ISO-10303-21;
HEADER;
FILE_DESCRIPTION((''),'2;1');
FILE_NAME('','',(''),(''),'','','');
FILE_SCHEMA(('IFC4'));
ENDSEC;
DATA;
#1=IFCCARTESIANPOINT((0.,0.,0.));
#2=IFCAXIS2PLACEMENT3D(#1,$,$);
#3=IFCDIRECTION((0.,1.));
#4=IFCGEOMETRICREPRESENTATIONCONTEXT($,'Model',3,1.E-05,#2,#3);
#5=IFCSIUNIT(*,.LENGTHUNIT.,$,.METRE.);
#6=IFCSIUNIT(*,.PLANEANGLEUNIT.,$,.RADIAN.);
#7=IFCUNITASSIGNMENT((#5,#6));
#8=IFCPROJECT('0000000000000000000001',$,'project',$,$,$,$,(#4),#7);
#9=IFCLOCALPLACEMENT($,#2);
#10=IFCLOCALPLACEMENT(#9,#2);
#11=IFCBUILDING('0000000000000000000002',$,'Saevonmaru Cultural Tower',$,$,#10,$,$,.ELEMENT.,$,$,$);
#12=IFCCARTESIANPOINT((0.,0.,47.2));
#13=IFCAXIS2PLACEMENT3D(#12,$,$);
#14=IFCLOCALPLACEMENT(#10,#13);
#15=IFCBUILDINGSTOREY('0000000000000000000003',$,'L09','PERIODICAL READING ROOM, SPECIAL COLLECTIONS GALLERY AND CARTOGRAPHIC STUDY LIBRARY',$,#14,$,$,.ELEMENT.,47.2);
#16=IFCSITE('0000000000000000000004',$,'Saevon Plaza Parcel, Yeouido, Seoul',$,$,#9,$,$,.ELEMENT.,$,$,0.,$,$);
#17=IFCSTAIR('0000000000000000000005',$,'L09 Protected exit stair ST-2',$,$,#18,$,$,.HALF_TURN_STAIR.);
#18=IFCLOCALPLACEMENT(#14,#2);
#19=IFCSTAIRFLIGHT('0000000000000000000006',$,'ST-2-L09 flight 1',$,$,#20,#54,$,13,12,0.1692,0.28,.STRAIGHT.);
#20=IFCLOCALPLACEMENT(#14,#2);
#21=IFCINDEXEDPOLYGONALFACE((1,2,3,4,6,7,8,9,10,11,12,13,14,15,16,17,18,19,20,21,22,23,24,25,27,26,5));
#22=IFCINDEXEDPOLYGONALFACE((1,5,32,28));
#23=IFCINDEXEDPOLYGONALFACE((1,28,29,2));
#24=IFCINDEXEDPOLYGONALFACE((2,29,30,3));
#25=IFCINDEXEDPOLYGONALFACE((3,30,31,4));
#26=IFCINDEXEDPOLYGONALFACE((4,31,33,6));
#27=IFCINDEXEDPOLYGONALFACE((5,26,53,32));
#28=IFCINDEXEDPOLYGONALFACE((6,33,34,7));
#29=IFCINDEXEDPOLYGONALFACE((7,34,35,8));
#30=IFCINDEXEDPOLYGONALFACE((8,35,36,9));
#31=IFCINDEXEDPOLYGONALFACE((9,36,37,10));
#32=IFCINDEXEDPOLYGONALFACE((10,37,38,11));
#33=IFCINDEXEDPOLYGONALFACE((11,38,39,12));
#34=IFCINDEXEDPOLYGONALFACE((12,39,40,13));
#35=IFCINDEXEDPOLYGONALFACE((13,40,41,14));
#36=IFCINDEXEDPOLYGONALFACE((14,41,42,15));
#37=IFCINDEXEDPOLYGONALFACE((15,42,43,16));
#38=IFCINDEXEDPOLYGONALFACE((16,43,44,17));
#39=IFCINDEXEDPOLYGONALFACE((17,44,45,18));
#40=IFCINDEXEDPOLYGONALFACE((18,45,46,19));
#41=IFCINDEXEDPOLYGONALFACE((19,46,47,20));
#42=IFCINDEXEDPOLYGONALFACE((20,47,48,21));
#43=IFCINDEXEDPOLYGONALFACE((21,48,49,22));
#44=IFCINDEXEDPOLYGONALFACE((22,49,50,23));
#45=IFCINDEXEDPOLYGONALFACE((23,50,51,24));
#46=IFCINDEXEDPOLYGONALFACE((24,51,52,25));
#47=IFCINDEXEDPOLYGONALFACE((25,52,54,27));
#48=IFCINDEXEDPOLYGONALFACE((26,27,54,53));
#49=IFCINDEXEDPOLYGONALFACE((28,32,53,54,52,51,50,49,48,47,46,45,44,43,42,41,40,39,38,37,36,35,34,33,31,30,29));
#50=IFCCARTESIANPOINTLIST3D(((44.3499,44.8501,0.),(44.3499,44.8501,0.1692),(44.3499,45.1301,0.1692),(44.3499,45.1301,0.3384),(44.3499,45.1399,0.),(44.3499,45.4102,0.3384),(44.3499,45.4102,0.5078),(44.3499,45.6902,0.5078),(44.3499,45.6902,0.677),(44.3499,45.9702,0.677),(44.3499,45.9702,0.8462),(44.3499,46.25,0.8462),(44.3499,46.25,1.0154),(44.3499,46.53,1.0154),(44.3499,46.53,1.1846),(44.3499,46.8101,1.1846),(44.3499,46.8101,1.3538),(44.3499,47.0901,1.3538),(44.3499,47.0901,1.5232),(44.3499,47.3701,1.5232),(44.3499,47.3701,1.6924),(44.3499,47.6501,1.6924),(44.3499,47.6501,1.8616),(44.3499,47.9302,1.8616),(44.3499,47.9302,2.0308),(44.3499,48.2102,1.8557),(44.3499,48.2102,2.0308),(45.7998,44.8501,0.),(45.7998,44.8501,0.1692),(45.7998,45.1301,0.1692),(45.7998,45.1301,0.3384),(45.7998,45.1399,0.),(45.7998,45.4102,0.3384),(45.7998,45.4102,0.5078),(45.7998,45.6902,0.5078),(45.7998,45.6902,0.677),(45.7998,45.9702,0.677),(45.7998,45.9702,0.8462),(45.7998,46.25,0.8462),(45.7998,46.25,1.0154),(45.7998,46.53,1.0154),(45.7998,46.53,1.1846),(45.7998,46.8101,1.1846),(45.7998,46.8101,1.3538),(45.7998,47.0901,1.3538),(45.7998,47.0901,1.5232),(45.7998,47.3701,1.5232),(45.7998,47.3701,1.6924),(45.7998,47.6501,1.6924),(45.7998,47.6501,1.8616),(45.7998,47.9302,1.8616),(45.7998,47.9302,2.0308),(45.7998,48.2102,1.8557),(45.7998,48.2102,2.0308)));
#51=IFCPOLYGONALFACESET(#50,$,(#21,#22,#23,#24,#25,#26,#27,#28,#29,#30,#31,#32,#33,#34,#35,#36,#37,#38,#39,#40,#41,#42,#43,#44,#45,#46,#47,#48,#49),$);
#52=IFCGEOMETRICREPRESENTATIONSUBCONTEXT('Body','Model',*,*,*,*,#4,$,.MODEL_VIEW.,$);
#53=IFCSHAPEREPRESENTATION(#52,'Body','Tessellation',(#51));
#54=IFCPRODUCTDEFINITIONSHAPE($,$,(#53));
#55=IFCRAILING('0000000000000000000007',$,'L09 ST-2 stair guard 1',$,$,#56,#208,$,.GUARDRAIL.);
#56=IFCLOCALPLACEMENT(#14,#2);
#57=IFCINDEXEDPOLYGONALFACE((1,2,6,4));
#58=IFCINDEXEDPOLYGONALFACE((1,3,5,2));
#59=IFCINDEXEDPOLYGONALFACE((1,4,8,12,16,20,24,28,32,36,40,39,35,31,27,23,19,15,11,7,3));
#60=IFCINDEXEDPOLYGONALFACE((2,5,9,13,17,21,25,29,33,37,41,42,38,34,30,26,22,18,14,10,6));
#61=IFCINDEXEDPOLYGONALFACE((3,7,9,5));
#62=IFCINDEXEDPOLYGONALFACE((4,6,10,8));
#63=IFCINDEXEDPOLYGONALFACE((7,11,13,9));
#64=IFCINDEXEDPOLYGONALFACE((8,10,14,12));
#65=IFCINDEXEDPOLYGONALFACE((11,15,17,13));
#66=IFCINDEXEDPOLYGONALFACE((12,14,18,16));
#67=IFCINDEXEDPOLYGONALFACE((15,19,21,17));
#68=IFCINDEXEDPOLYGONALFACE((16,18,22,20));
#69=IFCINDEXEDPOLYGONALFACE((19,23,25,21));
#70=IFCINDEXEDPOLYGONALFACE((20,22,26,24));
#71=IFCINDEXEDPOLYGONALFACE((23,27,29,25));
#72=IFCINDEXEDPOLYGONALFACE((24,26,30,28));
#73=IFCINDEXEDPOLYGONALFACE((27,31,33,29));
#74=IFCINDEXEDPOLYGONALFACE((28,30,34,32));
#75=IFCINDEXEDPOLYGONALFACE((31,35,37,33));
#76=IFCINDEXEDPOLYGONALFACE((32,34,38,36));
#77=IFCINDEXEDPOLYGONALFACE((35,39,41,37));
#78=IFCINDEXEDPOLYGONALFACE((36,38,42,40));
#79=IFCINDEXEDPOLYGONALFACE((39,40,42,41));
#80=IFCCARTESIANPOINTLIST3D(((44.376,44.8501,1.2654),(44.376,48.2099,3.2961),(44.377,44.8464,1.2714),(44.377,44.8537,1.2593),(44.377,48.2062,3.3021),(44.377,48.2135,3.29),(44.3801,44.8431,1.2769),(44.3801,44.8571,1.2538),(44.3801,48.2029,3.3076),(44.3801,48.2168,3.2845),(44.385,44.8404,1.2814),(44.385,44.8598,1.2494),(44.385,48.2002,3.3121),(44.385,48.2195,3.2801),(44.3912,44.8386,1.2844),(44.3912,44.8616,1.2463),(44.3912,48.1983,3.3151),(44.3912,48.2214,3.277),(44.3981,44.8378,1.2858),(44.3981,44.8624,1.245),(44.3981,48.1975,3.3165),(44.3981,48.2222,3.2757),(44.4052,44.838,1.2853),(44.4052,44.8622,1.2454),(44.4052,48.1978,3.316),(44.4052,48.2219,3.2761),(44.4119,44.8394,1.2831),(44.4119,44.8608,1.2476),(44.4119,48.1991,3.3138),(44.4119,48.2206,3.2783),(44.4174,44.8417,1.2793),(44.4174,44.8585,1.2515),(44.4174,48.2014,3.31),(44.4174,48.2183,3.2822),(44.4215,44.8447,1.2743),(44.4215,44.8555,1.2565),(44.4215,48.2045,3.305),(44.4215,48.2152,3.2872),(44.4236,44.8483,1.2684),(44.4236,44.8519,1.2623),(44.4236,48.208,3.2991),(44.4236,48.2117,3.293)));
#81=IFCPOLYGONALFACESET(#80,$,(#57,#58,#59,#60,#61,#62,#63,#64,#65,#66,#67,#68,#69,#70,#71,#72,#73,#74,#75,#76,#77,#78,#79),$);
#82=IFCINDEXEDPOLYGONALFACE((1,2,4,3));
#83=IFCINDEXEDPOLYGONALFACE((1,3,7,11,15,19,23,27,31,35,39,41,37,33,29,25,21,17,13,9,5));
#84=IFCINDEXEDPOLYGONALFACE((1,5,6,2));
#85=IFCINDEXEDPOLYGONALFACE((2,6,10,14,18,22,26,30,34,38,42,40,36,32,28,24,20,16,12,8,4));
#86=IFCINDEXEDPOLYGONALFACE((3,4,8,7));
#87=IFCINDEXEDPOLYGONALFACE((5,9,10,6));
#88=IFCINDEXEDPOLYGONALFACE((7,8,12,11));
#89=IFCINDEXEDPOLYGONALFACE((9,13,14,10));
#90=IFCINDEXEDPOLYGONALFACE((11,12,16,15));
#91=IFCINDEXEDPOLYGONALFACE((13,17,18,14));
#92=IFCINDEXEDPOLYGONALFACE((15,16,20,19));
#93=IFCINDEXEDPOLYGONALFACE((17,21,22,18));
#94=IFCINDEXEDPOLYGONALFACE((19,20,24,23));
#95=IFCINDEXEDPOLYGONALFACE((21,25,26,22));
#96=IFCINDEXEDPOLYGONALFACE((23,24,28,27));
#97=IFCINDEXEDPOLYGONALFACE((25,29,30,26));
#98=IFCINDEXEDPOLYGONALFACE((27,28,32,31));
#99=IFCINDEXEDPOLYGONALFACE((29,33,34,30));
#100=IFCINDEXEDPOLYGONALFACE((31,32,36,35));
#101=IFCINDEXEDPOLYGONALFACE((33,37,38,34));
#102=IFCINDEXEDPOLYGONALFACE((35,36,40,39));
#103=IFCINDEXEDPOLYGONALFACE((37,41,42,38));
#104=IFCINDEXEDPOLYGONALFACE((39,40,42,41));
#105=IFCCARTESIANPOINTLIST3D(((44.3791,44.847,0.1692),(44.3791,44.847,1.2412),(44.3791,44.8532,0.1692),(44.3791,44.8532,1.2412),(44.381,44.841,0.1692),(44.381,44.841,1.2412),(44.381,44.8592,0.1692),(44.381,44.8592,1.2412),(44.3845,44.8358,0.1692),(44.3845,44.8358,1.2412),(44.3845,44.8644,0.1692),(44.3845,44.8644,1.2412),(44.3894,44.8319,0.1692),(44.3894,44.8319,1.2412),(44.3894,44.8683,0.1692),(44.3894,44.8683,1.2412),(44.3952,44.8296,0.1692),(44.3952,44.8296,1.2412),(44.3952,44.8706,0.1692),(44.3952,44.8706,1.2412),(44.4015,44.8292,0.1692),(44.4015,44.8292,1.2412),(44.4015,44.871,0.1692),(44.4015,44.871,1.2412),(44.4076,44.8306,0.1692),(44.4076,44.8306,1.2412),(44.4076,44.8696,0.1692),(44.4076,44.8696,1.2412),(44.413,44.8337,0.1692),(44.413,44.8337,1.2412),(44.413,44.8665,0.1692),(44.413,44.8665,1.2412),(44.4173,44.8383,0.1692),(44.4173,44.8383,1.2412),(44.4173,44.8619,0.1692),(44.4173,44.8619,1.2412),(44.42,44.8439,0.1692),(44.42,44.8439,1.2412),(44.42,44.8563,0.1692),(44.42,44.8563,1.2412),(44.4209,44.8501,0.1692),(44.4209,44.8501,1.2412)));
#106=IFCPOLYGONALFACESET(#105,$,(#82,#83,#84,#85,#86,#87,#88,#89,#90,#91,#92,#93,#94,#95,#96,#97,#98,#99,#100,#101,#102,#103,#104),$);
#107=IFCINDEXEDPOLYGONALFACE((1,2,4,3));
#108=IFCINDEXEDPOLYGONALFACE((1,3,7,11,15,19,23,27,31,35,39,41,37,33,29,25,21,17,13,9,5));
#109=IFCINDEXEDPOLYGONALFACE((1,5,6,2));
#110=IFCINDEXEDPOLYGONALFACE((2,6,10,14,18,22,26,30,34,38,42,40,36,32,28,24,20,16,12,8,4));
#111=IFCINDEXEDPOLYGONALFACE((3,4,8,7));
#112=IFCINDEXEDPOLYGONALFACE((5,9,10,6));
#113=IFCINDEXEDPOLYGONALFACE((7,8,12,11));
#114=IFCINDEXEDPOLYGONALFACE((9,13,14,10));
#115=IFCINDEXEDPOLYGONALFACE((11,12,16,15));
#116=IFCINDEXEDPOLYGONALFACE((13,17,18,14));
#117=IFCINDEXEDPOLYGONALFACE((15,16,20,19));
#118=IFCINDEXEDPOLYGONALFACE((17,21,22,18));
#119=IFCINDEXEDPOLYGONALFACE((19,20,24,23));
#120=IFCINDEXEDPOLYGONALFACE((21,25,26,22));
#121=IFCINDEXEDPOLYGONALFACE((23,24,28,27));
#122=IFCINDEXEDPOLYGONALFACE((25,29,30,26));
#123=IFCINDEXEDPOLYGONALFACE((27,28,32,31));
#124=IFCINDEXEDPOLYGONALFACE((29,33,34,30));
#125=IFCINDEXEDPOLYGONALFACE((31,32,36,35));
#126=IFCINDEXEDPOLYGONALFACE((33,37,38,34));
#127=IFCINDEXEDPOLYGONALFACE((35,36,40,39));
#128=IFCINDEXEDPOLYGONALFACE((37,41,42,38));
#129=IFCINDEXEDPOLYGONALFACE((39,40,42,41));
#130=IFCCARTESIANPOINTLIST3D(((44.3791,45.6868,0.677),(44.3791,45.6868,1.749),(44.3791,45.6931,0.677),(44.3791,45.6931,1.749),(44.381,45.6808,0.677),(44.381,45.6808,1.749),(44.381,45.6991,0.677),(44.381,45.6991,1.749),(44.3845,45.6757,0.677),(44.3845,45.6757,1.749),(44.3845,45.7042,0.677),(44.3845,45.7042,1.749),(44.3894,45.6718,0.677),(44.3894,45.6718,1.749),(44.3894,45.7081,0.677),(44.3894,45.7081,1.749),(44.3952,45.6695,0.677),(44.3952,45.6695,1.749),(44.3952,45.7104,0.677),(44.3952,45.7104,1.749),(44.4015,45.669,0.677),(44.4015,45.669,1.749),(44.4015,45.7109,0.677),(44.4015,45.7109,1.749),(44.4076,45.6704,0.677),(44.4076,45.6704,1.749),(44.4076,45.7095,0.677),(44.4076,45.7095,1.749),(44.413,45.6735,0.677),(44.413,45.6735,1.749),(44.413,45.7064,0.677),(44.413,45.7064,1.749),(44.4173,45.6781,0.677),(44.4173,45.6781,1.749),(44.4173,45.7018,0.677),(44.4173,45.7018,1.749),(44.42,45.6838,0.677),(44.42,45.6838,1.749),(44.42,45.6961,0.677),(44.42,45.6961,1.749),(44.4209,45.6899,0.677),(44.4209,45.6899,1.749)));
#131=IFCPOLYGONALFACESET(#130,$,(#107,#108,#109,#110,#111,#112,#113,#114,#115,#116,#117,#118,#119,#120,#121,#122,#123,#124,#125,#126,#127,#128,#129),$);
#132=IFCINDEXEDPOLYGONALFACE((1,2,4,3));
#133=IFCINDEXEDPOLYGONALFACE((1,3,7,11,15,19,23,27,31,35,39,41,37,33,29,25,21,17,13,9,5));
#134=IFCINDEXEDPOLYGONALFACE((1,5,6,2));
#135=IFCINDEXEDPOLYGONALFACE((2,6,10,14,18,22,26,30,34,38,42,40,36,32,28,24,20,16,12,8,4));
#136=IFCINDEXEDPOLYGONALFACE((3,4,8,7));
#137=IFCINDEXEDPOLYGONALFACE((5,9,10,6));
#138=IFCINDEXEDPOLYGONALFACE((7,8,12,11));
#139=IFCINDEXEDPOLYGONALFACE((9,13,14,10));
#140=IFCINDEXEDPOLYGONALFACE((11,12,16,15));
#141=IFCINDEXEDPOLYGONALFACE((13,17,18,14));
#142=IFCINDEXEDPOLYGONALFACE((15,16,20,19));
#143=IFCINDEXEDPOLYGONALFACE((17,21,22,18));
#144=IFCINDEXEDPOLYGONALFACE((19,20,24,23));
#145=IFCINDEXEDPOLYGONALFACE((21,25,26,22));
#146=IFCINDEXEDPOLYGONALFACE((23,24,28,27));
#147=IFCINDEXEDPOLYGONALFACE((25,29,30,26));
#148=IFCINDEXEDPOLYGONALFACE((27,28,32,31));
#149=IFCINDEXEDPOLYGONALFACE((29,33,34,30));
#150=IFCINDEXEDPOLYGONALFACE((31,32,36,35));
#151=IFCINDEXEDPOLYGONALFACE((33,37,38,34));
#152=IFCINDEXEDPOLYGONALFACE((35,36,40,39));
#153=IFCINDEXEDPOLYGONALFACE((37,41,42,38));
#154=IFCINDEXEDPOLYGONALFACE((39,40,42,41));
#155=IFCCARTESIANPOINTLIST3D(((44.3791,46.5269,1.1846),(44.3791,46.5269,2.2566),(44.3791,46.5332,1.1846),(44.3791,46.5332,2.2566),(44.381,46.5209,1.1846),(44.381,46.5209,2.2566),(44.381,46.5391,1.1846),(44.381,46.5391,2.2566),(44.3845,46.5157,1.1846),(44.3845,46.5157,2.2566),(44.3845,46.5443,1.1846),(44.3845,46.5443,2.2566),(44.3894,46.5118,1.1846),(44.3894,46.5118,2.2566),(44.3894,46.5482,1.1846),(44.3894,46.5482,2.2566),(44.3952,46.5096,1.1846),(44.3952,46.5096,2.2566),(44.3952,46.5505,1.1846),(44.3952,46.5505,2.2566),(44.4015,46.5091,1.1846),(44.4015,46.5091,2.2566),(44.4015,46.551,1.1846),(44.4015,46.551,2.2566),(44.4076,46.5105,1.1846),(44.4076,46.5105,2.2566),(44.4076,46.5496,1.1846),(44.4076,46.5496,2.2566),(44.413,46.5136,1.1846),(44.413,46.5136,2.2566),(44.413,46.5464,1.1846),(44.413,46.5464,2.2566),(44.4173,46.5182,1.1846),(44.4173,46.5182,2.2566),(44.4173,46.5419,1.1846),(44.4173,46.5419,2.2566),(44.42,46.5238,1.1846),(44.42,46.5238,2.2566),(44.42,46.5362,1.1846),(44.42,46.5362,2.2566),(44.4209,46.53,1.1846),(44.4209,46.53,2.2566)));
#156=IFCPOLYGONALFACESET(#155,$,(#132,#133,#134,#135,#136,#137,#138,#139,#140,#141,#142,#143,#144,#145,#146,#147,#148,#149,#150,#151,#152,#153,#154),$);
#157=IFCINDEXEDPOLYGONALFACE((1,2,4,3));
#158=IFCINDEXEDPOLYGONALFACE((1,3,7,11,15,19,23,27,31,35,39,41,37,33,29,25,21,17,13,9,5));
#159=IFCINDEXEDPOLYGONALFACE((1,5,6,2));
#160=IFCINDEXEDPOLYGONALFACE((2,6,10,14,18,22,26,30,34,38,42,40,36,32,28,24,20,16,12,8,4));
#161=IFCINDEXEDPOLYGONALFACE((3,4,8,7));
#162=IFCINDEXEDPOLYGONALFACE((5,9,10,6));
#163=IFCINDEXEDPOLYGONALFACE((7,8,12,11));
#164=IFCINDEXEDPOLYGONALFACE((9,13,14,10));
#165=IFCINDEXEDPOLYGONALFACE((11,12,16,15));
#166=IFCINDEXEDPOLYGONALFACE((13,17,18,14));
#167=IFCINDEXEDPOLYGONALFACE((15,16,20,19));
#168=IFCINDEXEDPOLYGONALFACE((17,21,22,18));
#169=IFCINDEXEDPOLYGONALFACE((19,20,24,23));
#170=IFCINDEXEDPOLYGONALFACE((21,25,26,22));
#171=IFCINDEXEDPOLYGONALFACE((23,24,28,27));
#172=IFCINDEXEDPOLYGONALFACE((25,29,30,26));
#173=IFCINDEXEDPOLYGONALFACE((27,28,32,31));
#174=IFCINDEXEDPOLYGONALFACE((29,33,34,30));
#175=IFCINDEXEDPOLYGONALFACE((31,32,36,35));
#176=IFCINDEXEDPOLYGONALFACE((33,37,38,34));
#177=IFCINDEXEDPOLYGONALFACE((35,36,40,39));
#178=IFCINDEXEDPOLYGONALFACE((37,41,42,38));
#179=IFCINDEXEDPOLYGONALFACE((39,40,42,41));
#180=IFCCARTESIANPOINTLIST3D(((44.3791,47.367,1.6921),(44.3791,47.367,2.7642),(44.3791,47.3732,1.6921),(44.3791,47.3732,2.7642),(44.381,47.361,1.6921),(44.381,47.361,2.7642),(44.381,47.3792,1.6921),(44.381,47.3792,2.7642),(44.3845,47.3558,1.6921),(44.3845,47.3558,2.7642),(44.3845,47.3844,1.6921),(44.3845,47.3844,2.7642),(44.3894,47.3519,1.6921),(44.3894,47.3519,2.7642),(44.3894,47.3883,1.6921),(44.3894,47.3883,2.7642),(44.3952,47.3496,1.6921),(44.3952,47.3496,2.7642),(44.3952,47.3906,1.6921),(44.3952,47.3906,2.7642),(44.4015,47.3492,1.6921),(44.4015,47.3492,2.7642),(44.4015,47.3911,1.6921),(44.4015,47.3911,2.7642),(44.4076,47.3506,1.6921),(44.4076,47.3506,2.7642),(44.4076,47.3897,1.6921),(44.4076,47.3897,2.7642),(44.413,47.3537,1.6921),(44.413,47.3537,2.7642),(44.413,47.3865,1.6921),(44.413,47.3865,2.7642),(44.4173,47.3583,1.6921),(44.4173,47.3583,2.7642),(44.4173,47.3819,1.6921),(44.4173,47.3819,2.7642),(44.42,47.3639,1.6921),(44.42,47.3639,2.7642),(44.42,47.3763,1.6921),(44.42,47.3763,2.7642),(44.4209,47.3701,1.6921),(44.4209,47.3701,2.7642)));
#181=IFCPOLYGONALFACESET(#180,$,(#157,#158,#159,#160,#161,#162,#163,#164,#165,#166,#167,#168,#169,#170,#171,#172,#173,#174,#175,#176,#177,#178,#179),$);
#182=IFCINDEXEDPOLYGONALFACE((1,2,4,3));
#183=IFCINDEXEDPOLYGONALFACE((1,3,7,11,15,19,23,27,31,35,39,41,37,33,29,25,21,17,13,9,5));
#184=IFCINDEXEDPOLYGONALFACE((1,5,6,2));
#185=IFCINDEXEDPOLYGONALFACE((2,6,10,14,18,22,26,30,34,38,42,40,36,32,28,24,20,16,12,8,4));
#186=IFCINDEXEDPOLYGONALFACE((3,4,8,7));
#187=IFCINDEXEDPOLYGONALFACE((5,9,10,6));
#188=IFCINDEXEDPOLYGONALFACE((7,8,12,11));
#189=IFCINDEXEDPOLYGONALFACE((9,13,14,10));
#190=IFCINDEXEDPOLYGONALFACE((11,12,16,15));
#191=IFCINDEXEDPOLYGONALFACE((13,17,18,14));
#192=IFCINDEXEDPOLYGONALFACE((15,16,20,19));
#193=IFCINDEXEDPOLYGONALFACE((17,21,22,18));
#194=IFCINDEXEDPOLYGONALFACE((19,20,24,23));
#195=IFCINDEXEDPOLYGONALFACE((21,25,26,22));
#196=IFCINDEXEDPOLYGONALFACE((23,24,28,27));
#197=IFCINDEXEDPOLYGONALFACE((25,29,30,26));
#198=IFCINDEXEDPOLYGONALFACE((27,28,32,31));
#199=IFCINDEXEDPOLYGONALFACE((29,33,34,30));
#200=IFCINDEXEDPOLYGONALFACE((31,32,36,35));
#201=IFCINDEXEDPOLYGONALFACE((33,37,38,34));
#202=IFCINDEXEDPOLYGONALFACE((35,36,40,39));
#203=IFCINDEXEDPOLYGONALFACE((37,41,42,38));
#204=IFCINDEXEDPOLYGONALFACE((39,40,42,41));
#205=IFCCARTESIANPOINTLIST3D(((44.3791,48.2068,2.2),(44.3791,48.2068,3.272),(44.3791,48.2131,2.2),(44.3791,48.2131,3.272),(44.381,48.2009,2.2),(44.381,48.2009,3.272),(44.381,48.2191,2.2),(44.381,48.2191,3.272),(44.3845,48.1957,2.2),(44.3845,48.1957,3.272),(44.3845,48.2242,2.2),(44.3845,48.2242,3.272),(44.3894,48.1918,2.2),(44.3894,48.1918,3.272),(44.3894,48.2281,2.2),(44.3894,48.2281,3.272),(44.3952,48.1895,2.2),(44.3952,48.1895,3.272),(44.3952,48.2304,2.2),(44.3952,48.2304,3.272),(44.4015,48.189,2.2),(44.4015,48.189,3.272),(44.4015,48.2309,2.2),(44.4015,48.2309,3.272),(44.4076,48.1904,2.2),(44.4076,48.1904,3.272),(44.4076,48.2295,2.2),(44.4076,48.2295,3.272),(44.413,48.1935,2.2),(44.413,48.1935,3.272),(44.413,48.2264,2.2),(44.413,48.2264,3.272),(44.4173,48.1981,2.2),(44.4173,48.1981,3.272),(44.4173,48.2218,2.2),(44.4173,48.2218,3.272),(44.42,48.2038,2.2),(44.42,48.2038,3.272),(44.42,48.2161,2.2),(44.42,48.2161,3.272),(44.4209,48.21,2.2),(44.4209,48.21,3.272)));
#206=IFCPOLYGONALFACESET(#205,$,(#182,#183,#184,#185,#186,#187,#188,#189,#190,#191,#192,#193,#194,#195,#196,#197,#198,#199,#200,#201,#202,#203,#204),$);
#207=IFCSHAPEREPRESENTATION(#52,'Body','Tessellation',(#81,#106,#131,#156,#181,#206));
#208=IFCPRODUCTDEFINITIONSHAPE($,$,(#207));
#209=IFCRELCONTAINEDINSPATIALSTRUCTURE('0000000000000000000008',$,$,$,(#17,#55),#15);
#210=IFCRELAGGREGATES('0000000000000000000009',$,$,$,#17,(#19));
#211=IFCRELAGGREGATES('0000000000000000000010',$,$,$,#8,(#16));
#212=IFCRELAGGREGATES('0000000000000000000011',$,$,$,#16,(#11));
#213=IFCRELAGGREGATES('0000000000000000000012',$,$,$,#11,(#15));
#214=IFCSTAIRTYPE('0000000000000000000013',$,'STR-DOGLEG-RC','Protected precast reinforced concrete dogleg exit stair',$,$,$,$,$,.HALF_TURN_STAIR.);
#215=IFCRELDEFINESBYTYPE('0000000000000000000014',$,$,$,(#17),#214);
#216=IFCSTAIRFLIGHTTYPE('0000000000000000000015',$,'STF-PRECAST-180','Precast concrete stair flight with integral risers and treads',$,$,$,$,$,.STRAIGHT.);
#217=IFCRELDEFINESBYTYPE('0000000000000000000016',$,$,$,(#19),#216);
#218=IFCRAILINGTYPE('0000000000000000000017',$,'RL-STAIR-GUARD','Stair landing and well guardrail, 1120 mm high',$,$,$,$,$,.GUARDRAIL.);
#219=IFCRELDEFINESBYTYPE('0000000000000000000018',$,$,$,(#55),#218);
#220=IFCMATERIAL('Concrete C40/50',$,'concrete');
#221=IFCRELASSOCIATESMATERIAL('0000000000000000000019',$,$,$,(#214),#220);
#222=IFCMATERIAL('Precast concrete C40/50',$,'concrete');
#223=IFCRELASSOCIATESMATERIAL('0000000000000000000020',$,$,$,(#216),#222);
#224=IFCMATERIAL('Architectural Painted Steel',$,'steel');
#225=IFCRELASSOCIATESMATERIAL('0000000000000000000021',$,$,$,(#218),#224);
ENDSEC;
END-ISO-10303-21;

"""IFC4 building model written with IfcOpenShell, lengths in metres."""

from ifc_helpers import new_model, si_unit, direction, frame, origin, origin_2d, place, context, subcontext, project, spatial, polyline, circle, outline, extrude, material, type_object, element, aggregate, save


model = new_model("IFC4")

# Units and contexts
model_context = context("Model", 3, precision=1e-05, world=origin(), true_north=direction((0.0, 1.0)))
body_context = subcontext(model_context, "Body", "Model", "MODEL_VIEW")
ifc_project = project(units=[si_unit("LENGTHUNIT", "METRE"), si_unit("PLANEANGLEUNIT", "RADIAN")], contexts=[model_context])

# Site, building, storey
site_placement = place(None, origin())
site = spatial("IfcSite", under=ifc_project, at=site_placement, Name="Saevon Plaza Parcel, Yeouido, Seoul", CompositionType="ELEMENT", RefElevation=0.0)
building_placement = place(site_placement, origin())
building = spatial("IfcBuilding", under=site, at=building_placement, Name="Saevonmaru Cultural Tower", CompositionType="ELEMENT")
storey_placement = place(building_placement, frame((0.0, 0.0, 47.2)))
storey = spatial("IfcBuildingStorey", under=building, at=storey_placement, Name="L09", Description="PERIODICAL READING ROOM, SPECIAL COLLECTIONS GALLERY AND CARTOGRAPHIC STUDY LIBRARY", CompositionType="ELEMENT", Elevation=47.2)

# Stair, stair flight
ifc_material_1 = material(Name="Concrete C40/50", Category="concrete")
stair_type = type_object("IfcStairType", Name="STR-DOGLEG-RC", Description="Protected precast reinforced concrete dogleg exit stair", PredefinedType="HALF_TURN_STAIR", material=ifc_material_1)
stair_placement = place(storey_placement, origin())
stair = element("IfcStair", 1, at=stair_placement, inside=storey, type_object=stair_type, Name="L09 Protected exit stair ST-2", PredefinedType="HALF_TURN_STAIR")
ifc_material_2 = material(Name="Precast concrete C40/50", Category="concrete")
stair_flight_type = type_object("IfcStairFlightType", Name="STF-PRECAST-180", Description="Precast concrete stair flight with integral risers and treads", PredefinedType="STRAIGHT", material=ifc_material_2)
stair_flight_placement = place(storey_placement, frame((45.075, 44.8501, 0.0), z_axis=(0.0, 0.0, 1.0), x_axis=(0.0, 1.0, 0.0)))
stair_flight = element("IfcStairFlight", 2, at=stair_flight_placement, type_object=stair_flight_type, Name="ST-2-L09 flight 1", NumberOfRisers=13, NumberOfTreads=12, PredefinedType="STRAIGHT", RiserHeight=0.1692, TreadLength=0.28, context=body_context, shape_type="SweptSolid", body=[
    extrude(outline(polyline([(0.0, 0.0), (0.0, 0.1692), (0.28, 0.1692), (0.28, 0.3384), (0.5601, 0.3384), (0.5601, 0.5078), (0.8401, 0.5078), (0.8401, 0.677), (1.1201, 0.677), (1.1201, 0.8462), (1.3999, 0.8462), (1.3999, 1.0154), (1.6799, 1.0154), (1.6799, 1.1846), (1.96, 1.1846), (1.96, 1.3538), (2.24, 1.3538), (2.24, 1.5232), (2.52, 1.5232), (2.52, 1.6924), (2.8, 1.6924), (2.8, 1.8616), (3.0801, 1.8616), (3.0801, 2.0308), (3.3601, 2.0308), (3.3601, 2.2), (3.3601, 1.8557), (0.2898, 0.0), (0.0, 0.0)])), frame((0.0, 0.7251, 0.0), z_axis=(0.0, -1.0, 0.0), x_axis=(1.0, 0.0, 0.0)), (0.0, 0.0, 1.0), 1.45),
])
aggregate(stair, [stair_flight])

# Railing
ifc_material_3 = material(Name="Architectural Painted Steel", Category="steel")
railing_type_1 = type_object("IfcRailingType", Name="RL-STAIR-GUARD", Description="Stair landing and well guardrail, 1120 mm high", PredefinedType="GUARDRAIL", material=ifc_material_3)
railing_1_placement = place(storey_placement, frame((44.3999, 44.8501, 0.1692)))
element("IfcRailing", 3, at=railing_1_placement, inside=storey, type_object=railing_type_1, Name="L09 ST-2 stair guard 1", PredefinedType="GUARDRAIL", context=body_context, shape_type="SweptSolid", body=[
    extrude(circle(Radius=0.0239, at=origin_2d()), frame((0.0, 0.0, 1.0962), z_axis=(0.0, 0.85582, 0.517273), x_axis=(-1.0, 0.0, 0.0)), (0.0, 0.0, 1.0), 3.9258),
    extrude(circle(Radius=0.021, at=origin_2d()), origin(), (0.0, 0.0, 1.0), 1.072),
    extrude(circle(Radius=0.021, at=origin_2d()), frame((0.0, 0.8398, 0.5078)), (0.0, 0.0, 1.0), 1.072),
    extrude(circle(Radius=0.021, at=origin_2d()), frame((0.0, 1.6799, 1.0154)), (0.0, 0.0, 1.0), 1.072),
    extrude(circle(Radius=0.021, at=origin_2d()), frame((0.0, 2.52, 1.5229)), (0.0, 0.0, 1.0), 1.072),
    extrude(circle(Radius=0.021, at=origin_2d()), frame((0.0, 3.3599, 2.0308)), (0.0, 0.0, 1.0), 1.072),
])

save(model, "model.ifc")
